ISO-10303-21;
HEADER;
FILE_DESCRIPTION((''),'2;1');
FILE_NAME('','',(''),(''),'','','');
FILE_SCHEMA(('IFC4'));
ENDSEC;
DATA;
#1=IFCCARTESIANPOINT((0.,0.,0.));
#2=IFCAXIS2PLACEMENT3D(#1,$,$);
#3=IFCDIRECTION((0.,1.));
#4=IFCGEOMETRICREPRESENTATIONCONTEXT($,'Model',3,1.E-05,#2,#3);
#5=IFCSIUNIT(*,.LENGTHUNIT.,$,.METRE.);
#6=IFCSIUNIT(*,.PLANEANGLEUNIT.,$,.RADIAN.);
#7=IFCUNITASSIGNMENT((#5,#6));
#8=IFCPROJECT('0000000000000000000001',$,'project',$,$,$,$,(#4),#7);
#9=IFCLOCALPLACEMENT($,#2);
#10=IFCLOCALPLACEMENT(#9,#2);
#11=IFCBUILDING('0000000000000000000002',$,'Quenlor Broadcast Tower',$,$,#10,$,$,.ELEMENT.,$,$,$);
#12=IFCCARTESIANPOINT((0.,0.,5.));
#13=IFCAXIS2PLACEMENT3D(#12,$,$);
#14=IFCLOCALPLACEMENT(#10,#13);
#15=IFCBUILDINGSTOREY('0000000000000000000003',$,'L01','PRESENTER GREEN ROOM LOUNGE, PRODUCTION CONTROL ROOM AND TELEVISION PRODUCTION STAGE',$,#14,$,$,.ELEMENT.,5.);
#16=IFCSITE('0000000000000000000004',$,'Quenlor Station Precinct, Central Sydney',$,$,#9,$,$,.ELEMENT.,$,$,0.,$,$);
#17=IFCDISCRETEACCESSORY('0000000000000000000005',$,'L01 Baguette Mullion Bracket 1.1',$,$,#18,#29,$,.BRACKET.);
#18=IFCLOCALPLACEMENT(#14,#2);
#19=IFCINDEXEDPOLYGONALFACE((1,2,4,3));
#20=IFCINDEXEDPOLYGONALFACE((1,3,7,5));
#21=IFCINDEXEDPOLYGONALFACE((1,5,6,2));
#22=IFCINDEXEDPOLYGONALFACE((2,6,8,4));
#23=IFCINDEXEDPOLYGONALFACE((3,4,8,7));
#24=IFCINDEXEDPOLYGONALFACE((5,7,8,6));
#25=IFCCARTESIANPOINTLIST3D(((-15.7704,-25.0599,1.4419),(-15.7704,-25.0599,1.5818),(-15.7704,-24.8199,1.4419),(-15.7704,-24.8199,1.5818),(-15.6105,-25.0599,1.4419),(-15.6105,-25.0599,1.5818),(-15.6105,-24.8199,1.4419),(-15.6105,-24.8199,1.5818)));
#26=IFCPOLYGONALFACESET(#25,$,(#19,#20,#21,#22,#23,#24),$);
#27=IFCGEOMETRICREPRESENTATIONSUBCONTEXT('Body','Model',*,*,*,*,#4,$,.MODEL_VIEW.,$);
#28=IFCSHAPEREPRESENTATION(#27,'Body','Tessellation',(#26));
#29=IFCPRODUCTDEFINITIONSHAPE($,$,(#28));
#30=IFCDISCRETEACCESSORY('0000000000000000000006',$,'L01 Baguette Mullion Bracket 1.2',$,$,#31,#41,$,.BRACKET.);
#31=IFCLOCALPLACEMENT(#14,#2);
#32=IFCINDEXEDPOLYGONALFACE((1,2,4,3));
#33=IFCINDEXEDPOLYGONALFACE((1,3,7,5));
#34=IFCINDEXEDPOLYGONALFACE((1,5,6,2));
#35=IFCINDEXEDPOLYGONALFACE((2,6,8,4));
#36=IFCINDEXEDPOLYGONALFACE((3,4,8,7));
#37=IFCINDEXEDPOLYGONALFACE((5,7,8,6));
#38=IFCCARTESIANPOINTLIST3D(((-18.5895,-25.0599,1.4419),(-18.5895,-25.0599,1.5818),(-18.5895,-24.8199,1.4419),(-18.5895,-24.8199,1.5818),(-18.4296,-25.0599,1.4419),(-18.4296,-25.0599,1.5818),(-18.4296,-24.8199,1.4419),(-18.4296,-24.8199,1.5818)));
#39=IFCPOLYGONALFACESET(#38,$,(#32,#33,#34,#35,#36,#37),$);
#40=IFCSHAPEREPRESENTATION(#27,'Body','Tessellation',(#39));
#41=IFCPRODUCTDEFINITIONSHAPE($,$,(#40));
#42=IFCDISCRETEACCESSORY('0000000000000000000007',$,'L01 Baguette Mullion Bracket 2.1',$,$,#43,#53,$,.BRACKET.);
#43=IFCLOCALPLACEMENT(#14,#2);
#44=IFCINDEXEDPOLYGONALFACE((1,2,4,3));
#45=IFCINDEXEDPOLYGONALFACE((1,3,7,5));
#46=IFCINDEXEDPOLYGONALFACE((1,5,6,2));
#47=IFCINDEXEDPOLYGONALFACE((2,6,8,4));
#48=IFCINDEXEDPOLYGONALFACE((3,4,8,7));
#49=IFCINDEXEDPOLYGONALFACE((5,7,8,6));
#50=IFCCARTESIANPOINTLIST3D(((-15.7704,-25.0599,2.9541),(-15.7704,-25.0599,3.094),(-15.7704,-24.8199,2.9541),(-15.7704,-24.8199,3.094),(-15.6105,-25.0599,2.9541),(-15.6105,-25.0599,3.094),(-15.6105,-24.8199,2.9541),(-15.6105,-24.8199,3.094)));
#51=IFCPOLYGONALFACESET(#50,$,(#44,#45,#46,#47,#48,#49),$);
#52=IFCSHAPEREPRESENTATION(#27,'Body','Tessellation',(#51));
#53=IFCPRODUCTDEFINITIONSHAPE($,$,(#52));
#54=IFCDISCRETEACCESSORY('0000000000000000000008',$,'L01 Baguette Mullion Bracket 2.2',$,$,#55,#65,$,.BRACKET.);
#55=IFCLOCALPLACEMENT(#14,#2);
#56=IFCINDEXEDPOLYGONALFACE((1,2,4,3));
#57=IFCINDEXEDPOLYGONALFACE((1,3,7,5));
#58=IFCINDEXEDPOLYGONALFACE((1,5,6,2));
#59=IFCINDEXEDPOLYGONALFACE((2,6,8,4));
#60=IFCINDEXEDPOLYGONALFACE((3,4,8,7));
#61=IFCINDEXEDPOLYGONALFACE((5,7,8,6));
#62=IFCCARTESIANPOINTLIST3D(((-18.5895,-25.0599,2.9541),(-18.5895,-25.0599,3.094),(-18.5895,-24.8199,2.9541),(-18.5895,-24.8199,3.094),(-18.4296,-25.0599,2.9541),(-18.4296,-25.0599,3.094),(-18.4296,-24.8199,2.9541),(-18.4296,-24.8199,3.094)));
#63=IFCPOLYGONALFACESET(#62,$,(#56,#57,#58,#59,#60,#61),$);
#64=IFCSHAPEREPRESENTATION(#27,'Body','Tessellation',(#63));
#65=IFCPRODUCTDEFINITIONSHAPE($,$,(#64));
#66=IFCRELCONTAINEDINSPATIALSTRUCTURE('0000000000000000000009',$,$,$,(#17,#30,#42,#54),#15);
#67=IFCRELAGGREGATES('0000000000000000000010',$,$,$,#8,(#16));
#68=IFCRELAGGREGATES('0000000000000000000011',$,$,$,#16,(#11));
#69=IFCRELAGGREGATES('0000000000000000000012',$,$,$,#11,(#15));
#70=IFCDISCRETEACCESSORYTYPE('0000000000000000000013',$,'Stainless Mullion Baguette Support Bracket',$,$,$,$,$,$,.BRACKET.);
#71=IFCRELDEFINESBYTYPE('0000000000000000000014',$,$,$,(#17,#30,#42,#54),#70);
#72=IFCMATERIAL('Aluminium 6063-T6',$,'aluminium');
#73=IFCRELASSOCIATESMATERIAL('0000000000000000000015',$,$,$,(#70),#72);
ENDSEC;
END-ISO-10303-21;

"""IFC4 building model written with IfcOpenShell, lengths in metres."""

from ifc_helpers import new_model, si_unit, direction, frame, origin, origin_2d, place, context, subcontext, project, spatial, rectangle, extrude, material, type_object, element, save


model = new_model("IFC4")

# Units and contexts
model_context = context("Model", 3, precision=1e-05, world=origin(), true_north=direction((0.0, 1.0)))
body_context = subcontext(model_context, "Body", "Model", "MODEL_VIEW")
ifc_project = project(units=[si_unit("LENGTHUNIT", "METRE"), si_unit("PLANEANGLEUNIT", "RADIAN")], contexts=[model_context])

# Site, building, storey
site_placement = place(None, origin())
site = spatial("IfcSite", under=ifc_project, at=site_placement, Name="Quenlor Station Precinct, Central Sydney", CompositionType="ELEMENT", RefElevation=0.0)
building_placement = place(site_placement, origin())
building = spatial("IfcBuilding", under=site, at=building_placement, Name="Quenlor Broadcast Tower", CompositionType="ELEMENT")
storey_placement = place(building_placement, frame((0.0, 0.0, 5.0)))
storey = spatial("IfcBuildingStorey", under=building, at=storey_placement, Name="L01", Description="PRESENTER GREEN ROOM LOUNGE, PRODUCTION CONTROL ROOM AND TELEVISION PRODUCTION STAGE", CompositionType="ELEMENT", Elevation=5.0)

# Discrete accessories
ifc_material_1 = material(Name="Aluminium 6063-T6", Category="aluminium")
discrete_accessory_type = type_object("IfcDiscreteAccessoryType", Name="Stainless Mullion Baguette Support Bracket", PredefinedType="BRACKET", material=ifc_material_1)
for number, where, z_axis, x_axis, name in (
    (1, (-15.6904, -24.9399, 1.4419), (0.0, 0.0, 1.0), (-1.0, 0.0, 0.0), "L01 Baguette Mullion Bracket 1.1"),
    (2, (-18.5095, -24.9399, 1.4419), (0.0, 0.0, 1.0), (-1.0, 0.0, 0.0), "L01 Baguette Mullion Bracket 1.2"),
    (3, (-15.6904, -24.9399, 2.9541), (0.0, 0.0, 1.0), (-1.0, 0.0, 0.0), "L01 Baguette Mullion Bracket 2.1"),
    (4, (-18.5095, -24.9399, 2.9541), (0.0, 0.0, 1.0), (-1.0, 0.0, 0.0), "L01 Baguette Mullion Bracket 2.2"),
):
    element("IfcDiscreteAccessory", number, at=place(storey_placement, frame(where, z_axis=z_axis, x_axis=x_axis)), inside=storey, type_object=discrete_accessory_type, Name=name, PredefinedType="BRACKET", context=body_context, shape_type="SweptSolid", body=[
        extrude(rectangle(XDim=0.1599, YDim=0.24, at=origin_2d()), origin(), (0.0, 0.0, 1.0), 0.1399),
    ])

save(model, "model.ifc")
